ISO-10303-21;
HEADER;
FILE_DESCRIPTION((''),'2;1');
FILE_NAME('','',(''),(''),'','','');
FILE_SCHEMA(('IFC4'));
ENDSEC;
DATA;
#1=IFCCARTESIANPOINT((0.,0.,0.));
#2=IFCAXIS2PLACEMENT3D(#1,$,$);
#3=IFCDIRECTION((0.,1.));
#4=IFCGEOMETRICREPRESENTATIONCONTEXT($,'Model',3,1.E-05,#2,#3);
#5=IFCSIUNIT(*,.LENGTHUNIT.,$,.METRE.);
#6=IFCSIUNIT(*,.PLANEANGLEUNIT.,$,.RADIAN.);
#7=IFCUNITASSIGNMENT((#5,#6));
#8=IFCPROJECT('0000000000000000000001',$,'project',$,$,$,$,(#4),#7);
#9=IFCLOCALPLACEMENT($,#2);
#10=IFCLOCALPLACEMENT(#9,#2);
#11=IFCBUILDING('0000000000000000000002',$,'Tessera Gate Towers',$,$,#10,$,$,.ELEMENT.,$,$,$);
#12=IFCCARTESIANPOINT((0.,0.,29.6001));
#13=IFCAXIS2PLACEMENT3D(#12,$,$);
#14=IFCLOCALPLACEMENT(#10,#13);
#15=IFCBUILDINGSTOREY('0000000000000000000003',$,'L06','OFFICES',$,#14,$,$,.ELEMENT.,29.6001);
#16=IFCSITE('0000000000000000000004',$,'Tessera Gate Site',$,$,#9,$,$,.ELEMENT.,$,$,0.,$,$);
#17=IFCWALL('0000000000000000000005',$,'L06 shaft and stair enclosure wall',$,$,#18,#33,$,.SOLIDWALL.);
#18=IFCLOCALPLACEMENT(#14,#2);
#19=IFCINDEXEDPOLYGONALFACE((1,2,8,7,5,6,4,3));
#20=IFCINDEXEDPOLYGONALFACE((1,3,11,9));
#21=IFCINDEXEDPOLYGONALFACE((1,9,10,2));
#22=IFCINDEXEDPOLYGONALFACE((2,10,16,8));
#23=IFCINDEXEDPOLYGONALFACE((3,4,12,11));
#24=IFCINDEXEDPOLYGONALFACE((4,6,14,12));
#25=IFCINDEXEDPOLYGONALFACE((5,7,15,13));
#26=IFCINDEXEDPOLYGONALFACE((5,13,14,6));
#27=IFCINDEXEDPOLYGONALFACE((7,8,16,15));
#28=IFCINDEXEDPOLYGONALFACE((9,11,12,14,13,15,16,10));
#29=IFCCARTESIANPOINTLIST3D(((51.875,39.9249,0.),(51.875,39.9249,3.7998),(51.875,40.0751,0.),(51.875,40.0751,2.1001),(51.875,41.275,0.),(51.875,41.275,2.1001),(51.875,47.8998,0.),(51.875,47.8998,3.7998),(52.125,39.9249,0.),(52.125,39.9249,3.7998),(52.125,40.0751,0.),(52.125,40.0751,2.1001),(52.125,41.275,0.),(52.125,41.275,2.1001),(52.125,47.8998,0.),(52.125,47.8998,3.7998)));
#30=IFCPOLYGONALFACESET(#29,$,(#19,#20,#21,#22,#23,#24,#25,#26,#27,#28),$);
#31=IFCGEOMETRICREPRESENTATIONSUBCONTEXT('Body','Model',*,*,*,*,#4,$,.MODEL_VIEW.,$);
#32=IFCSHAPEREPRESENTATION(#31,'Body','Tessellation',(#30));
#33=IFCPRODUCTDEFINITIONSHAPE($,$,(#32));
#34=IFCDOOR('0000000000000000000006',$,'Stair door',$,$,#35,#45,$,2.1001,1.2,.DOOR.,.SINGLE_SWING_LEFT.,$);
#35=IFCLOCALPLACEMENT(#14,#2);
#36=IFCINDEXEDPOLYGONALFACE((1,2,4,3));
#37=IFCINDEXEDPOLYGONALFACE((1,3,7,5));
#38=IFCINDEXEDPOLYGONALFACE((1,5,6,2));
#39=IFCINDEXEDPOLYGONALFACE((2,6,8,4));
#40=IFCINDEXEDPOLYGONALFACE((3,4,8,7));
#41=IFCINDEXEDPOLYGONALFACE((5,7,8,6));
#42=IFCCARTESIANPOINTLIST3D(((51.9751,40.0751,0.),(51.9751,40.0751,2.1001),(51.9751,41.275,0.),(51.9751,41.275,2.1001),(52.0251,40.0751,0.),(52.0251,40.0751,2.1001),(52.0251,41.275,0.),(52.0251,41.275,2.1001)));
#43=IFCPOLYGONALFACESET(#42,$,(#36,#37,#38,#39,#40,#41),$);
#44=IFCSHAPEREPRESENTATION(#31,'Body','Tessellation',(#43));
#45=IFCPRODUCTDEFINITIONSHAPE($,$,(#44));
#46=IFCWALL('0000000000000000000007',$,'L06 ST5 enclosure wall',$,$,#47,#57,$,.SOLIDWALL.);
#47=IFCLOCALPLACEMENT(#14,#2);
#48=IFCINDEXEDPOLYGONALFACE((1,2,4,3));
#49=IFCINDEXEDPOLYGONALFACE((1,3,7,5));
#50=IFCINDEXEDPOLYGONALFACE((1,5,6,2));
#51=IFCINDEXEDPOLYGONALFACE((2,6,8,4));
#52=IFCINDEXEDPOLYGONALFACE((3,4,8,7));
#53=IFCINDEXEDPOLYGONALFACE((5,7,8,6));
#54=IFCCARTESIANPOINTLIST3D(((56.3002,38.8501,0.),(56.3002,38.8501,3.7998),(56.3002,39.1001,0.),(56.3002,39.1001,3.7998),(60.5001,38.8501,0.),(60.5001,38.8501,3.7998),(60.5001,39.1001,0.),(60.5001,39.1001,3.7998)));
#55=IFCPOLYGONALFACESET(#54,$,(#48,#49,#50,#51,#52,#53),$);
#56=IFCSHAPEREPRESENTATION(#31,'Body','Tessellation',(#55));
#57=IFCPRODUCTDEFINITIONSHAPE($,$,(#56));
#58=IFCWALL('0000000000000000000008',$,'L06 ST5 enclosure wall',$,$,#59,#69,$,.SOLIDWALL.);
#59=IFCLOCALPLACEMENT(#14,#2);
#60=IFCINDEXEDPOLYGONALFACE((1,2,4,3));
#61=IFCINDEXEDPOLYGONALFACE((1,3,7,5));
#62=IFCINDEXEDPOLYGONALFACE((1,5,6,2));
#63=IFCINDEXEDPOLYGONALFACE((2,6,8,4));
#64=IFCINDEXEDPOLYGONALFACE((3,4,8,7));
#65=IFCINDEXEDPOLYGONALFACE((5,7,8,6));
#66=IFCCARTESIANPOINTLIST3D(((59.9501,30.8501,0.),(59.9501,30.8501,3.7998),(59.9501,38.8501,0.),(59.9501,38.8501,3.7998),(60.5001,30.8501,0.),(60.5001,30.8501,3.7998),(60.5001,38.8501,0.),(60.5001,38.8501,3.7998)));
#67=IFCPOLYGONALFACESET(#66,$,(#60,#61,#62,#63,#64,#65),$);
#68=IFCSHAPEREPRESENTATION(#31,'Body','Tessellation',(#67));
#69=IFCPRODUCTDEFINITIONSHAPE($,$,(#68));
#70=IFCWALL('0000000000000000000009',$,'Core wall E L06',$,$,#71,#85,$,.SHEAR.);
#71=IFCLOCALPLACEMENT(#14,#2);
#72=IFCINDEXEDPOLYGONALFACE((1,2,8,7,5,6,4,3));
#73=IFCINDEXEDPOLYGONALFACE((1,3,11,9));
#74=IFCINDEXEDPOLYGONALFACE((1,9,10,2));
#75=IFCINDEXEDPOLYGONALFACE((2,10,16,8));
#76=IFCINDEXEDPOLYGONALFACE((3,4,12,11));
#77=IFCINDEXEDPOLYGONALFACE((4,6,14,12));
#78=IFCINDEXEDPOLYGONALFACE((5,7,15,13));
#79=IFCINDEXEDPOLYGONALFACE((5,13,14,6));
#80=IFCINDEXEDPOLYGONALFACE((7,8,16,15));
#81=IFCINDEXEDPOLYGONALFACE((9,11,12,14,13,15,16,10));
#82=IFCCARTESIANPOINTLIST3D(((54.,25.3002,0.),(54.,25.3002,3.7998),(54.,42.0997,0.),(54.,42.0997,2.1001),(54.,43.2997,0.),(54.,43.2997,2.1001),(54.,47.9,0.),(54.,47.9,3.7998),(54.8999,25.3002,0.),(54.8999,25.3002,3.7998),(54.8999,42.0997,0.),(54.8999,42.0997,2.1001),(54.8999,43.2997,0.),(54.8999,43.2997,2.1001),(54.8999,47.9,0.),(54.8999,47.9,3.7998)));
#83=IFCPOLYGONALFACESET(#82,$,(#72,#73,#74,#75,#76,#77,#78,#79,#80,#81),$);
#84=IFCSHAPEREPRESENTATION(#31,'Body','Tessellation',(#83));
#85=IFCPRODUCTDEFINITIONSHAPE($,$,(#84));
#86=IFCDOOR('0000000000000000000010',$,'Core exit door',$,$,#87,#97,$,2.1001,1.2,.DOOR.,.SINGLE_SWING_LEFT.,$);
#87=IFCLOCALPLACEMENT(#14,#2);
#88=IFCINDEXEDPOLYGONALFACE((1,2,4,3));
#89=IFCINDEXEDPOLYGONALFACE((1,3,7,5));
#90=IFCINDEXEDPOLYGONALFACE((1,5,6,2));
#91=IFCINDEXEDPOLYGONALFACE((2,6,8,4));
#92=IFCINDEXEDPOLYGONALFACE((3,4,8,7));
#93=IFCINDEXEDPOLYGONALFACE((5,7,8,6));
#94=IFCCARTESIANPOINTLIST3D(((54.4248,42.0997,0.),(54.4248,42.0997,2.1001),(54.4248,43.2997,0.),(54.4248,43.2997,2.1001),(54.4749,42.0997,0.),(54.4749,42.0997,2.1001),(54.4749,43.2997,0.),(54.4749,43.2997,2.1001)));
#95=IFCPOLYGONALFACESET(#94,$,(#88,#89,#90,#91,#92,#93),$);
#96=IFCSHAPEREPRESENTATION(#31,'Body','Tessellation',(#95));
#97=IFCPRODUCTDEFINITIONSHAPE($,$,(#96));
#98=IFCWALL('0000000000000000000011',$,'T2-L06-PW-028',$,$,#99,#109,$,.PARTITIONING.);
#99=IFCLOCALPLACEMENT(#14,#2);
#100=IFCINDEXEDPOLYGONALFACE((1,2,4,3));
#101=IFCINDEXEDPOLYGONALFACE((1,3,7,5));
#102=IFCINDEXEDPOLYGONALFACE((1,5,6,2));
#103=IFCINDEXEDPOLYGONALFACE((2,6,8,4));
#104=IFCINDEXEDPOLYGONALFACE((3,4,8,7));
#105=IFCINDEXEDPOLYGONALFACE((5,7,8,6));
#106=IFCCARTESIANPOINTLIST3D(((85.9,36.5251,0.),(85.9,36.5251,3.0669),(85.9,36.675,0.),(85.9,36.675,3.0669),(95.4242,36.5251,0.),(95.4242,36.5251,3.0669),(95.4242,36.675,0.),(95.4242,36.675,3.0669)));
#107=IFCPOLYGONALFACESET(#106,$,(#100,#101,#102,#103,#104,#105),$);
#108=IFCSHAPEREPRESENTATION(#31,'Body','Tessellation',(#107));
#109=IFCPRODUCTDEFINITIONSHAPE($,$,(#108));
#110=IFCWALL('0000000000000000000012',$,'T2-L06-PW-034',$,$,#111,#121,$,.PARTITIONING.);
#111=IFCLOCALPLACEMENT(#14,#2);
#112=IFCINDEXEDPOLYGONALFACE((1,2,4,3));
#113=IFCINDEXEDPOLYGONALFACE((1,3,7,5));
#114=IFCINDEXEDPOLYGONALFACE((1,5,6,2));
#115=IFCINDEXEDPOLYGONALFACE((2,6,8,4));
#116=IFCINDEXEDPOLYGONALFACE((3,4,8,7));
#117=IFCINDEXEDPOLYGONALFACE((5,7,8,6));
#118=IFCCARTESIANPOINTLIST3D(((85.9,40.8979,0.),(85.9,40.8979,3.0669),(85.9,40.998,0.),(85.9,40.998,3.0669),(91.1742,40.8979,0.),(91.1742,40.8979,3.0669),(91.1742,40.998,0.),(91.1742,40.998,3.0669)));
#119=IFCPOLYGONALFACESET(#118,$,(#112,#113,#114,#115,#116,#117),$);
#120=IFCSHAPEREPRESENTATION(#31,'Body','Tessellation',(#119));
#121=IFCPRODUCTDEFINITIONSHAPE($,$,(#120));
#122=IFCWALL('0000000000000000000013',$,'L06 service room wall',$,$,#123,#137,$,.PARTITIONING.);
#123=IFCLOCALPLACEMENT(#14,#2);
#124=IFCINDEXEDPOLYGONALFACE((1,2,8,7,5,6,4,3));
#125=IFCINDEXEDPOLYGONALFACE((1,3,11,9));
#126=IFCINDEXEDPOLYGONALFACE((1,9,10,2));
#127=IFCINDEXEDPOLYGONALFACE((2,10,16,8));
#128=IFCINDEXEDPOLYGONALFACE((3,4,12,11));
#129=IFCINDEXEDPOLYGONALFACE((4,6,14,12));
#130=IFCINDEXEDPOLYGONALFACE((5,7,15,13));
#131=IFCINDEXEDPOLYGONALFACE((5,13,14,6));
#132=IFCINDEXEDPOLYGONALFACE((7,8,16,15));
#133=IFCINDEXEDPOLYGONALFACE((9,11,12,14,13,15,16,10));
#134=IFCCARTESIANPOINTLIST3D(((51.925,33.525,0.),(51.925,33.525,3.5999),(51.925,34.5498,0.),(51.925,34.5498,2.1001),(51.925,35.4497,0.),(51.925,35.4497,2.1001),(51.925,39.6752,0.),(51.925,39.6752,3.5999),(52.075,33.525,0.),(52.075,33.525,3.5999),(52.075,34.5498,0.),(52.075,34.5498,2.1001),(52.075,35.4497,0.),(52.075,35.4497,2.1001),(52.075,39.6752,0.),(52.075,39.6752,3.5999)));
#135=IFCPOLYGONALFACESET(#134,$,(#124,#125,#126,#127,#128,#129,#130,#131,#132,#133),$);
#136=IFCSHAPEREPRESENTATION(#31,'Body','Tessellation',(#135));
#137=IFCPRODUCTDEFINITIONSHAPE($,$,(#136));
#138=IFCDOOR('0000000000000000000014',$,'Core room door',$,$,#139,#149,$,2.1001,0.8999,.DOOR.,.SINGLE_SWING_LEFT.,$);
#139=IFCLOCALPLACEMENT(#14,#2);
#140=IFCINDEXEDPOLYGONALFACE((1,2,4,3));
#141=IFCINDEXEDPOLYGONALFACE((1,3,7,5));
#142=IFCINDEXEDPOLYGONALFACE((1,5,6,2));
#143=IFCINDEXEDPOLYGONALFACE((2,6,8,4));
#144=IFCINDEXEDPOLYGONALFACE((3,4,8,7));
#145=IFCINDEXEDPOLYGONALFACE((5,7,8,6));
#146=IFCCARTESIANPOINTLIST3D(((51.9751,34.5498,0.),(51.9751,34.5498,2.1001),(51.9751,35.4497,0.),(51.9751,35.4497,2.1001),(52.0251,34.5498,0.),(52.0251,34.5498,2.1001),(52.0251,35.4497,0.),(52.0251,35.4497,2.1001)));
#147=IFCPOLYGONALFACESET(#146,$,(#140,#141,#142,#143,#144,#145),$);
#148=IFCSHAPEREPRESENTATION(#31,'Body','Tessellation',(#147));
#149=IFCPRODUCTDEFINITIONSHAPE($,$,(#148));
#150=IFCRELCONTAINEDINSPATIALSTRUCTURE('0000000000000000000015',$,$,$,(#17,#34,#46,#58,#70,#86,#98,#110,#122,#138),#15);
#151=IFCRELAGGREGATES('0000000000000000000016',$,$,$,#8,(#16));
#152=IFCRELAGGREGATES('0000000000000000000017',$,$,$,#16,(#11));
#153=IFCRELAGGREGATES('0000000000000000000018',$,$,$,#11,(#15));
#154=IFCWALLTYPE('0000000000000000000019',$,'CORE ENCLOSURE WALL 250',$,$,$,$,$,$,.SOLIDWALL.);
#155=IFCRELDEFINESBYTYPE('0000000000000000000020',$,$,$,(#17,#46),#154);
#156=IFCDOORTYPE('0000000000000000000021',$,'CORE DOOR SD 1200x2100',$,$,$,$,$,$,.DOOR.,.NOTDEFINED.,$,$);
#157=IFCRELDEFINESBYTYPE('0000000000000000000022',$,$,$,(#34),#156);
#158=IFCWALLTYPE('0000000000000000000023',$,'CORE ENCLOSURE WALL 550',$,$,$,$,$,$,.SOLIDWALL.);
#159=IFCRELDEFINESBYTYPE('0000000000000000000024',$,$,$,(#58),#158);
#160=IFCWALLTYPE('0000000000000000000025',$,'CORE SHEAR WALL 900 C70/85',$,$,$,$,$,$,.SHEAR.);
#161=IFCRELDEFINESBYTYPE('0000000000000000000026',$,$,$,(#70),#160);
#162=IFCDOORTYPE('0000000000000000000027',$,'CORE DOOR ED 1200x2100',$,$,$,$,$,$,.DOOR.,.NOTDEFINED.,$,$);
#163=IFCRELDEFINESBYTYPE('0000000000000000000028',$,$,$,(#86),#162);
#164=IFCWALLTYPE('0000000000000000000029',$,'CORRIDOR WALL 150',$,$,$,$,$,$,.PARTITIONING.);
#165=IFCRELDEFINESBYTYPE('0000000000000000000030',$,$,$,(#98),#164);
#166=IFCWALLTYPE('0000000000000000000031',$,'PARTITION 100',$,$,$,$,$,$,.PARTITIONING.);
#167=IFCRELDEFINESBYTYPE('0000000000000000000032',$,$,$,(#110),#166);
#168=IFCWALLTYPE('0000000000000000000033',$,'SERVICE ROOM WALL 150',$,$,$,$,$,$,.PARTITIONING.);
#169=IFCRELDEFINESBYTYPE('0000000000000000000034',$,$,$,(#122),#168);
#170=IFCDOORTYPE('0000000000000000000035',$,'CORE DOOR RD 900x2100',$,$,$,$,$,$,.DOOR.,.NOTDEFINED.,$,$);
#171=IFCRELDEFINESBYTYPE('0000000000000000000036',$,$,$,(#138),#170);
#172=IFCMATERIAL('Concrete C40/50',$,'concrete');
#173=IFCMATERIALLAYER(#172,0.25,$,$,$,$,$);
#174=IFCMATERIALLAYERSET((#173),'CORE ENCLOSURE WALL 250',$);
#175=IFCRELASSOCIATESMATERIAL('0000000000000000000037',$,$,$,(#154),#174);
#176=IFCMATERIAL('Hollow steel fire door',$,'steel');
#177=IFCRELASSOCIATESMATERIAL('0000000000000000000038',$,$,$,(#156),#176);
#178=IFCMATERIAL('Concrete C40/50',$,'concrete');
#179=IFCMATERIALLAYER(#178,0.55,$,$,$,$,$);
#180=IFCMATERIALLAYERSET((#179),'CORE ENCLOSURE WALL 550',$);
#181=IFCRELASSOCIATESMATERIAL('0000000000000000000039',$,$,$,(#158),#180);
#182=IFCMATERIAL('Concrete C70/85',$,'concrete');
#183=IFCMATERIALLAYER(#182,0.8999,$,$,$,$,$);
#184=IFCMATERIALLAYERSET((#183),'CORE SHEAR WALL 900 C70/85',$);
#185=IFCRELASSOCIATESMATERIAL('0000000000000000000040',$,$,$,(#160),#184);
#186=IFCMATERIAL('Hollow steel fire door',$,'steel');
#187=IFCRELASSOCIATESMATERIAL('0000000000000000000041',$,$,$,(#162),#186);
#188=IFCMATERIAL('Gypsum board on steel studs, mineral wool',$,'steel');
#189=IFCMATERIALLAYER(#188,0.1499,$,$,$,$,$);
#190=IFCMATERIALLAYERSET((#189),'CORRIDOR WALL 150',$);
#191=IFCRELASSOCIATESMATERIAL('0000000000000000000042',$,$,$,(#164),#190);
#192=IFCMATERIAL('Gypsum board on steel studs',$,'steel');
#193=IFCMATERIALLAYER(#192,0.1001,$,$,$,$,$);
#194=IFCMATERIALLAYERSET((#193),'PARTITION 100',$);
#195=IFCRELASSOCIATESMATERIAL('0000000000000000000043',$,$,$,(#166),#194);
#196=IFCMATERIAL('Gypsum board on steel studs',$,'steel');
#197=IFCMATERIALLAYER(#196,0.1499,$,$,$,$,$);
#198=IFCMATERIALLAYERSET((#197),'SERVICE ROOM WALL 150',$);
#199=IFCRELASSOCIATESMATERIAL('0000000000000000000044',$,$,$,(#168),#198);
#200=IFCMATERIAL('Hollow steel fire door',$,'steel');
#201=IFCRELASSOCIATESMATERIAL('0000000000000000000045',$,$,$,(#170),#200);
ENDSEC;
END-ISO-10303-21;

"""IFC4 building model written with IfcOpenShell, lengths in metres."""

from ifc_helpers import new_model, si_unit, direction, frame, frame_2d, origin, place, context, subcontext, project, spatial, rectangle, extrude, source, transform, mapped, material, layer, layer_set, type_object, element, fill, save


model = new_model("IFC4")

# Units and contexts
model_context = context("Model", 3, precision=1e-05, world=origin(), true_north=direction((0.0, 1.0)))
body_context = subcontext(model_context, "Body", "Model", "MODEL_VIEW")
ifc_project = project(units=[si_unit("LENGTHUNIT", "METRE"), si_unit("PLANEANGLEUNIT", "RADIAN")], contexts=[model_context])

# Site, building, storey
site_placement = place(None, origin())
site = spatial("IfcSite", under=ifc_project, at=site_placement, Name="Tessera Gate Site", CompositionType="ELEMENT", RefElevation=0.0)
building_placement = place(site_placement, origin())
building = spatial("IfcBuilding", under=site, at=building_placement, Name="Tessera Gate Towers", CompositionType="ELEMENT")
storey_placement = place(building_placement, frame((0.0, 0.0, 29.6001)))
storey = spatial("IfcBuildingStorey", under=building, at=storey_placement, Name="L06", Description="OFFICES", CompositionType="ELEMENT", Elevation=29.6001)

# Wall, opening, door
ifc_material_1 = material(Name="Concrete C40/50", Category="concrete")
ifc_layer_1 = layer(ifc_material_1, 0.25)
ifc_layer_set_1 = layer_set([ifc_layer_1], Name="CORE ENCLOSURE WALL 250")
wall_type_1 = type_object("IfcWallType", Name="CORE ENCLOSURE WALL 250", PredefinedType="SOLIDWALL", material=ifc_layer_set_1)
wall_1_placement = place(storey_placement, frame((52.0, 39.925, 0.0), z_axis=(0.0, 0.0, 1.0), x_axis=(0.0, 1.0, 0.0)))
wall_1 = element("IfcWall", 1, at=wall_1_placement, inside=storey, type_object=wall_type_1, Name="L06 shaft and stair enclosure wall", PredefinedType="SOLIDWALL", context=body_context, shape_type="SweptSolid", body=[
    extrude(rectangle(XDim=7.9749, YDim=0.25, at=frame_2d((3.9873, 0.0))), origin(), (0.0, 0.0, 1.0), 3.7998),
])
shared_shape_1 = source(origin(), body_context, "Body", "SweptSolid", [
    extrude(rectangle(XDim=1.2, YDim=2.1001, at=frame_2d((0.6001, 1.05))), frame((0.0, 0.135, 0.0), z_axis=(0.0, -1.0, 0.0), x_axis=(1.0, 0.0, 0.0)), (0.0, 0.0, 1.0), 0.27),
])
opening_1_placement = place(wall_1_placement, frame((0.1499, 0.0, 0.0)))
opening_1 = element("IfcOpeningElement", 2, at=opening_1_placement, cuts=wall_1, PredefinedType="OPENING", context=body_context, shape_type="MappedRepresentation", body=[
    mapped(shared_shape_1, transform((0.0, 0.0, 0.0), scale=1.0)),
])
ifc_material_2 = material(Name="Hollow steel fire door", Category="steel")
door_type_1 = type_object("IfcDoorType", Name="CORE DOOR SD 1200x2100", OperationType="NOTDEFINED", PredefinedType="DOOR", material=ifc_material_2)
shared_shape_2 = source(origin(), body_context, "Body", "SweptSolid", [
    extrude(rectangle(XDim=1.2, YDim=2.1001, at=frame_2d((0.6001, 1.05))), frame((0.0, 0.0249, 0.0), z_axis=(0.0, -1.0, 0.0), x_axis=(1.0, 0.0, 0.0)), (0.0, 0.0, 1.0), 0.05),
])
door_1_placement = place(opening_1_placement, origin())
door_1 = element("IfcDoor", 3, at=door_1_placement, inside=storey, type_object=door_type_1, Name="Stair door", OperationType="SINGLE_SWING_LEFT", OverallHeight=2.1001, OverallWidth=1.2, PredefinedType="DOOR", context=body_context, shape_type="MappedRepresentation", body=[
    mapped(shared_shape_2, transform((0.0, 0.0, 0.0), scale=1.0)),
])
fill(opening_1, door_1)

# Walls
wall_2_placement = place(storey_placement, frame((56.3, 38.9751, 0.0), z_axis=(0.0, 0.0, 1.0), x_axis=(1.0, 0.0, 0.0)))
element("IfcWall", 4, at=wall_2_placement, inside=storey, type_object=wall_type_1, Name="L06 ST5 enclosure wall", PredefinedType="SOLIDWALL", context=body_context, shape_type="SweptSolid", body=[
    extrude(rectangle(XDim=4.2, YDim=0.25, at=frame_2d((2.1001, 0.0))), origin(), (0.0, 0.0, 1.0), 3.7998),
])
ifc_material_3 = material(Name="Concrete C40/50", Category="concrete")
ifc_layer_2 = layer(ifc_material_3, 0.55)
ifc_layer_set_2 = layer_set([ifc_layer_2], Name="CORE ENCLOSURE WALL 550")
wall_type_2 = type_object("IfcWallType", Name="CORE ENCLOSURE WALL 550", PredefinedType="SOLIDWALL", material=ifc_layer_set_2)
wall_3_placement = place(storey_placement, frame((60.2251, 38.8501, 0.0), z_axis=(0.0, 0.0, 1.0), x_axis=(0.0, -1.0, 0.0)))
element("IfcWall", 5, at=wall_3_placement, inside=storey, type_object=wall_type_2, Name="L06 ST5 enclosure wall", PredefinedType="SOLIDWALL", context=body_context, shape_type="SweptSolid", body=[
    extrude(rectangle(XDim=8.0, YDim=0.55, at=frame_2d((4.0, 0.0))), origin(), (0.0, 0.0, 1.0), 3.7998),
])

# Wall, opening, door
ifc_material_4 = material(Name="Concrete C70/85", Category="concrete")
ifc_layer_3 = layer(ifc_material_4, 0.8999)
ifc_layer_set_3 = layer_set([ifc_layer_3], Name="CORE SHEAR WALL 900 C70/85")
wall_type_3 = type_object("IfcWallType", Name="CORE SHEAR WALL 900 C70/85", PredefinedType="SHEAR", material=ifc_layer_set_3)
wall_4_placement = place(storey_placement, frame((54.45, 47.8999, 0.0), z_axis=(0.0, 0.0, 1.0), x_axis=(0.0, -1.0, 0.0)))
wall_4 = element("IfcWall", 6, at=wall_4_placement, inside=storey, type_object=wall_type_3, Name="Core wall E L06", PredefinedType="SHEAR", context=body_context, shape_type="SweptSolid", body=[
    extrude(rectangle(XDim=22.5999, YDim=0.8999, at=frame_2d((11.2998, 0.0))), origin(), (0.0, 0.0, 1.0), 3.7998),
])
shared_shape_3 = source(origin(), body_context, "Body", "SweptSolid", [
    extrude(rectangle(XDim=1.2, YDim=2.1001, at=frame_2d((0.6001, 1.05))), frame((0.0, 0.46, 0.0), z_axis=(0.0, -1.0, 0.0), x_axis=(1.0, 0.0, 0.0)), (0.0, 0.0, 1.0), 0.9199),
])
opening_2_placement = place(wall_4_placement, frame((4.6001, 0.0, 0.0)))
opening_2 = element("IfcOpeningElement", 7, at=opening_2_placement, cuts=wall_4, PredefinedType="OPENING", context=body_context, shape_type="MappedRepresentation", body=[
    mapped(shared_shape_3, transform((0.0, 0.0, 0.0), scale=1.0)),
])
ifc_material_5 = material(Name="Hollow steel fire door", Category="steel")
door_type_2 = type_object("IfcDoorType", Name="CORE DOOR ED 1200x2100", OperationType="NOTDEFINED", PredefinedType="DOOR", material=ifc_material_5)
door_2_placement = place(opening_2_placement, origin())
door_2 = element("IfcDoor", 8, at=door_2_placement, inside=storey, type_object=door_type_2, Name="Core exit door", OperationType="SINGLE_SWING_LEFT", OverallHeight=2.1001, OverallWidth=1.2, PredefinedType="DOOR", context=body_context, shape_type="MappedRepresentation", body=[
    mapped(shared_shape_2, transform((0.0, 0.0, 0.0), scale=1.0)),
])
fill(opening_2, door_2)

# Walls
ifc_material_6 = material(Name="Gypsum board on steel studs, mineral wool", Category="steel")
ifc_layer_4 = layer(ifc_material_6, 0.1499)
ifc_layer_set_4 = layer_set([ifc_layer_4], Name="CORRIDOR WALL 150")
wall_type_4 = type_object("IfcWallType", Name="CORRIDOR WALL 150", PredefinedType="PARTITIONING", material=ifc_layer_set_4)
wall_5_placement = place(storey_placement, frame((85.8999, 36.6001, 0.0), z_axis=(0.0, 0.0, 1.0), x_axis=(1.0, 0.0, 0.0)))
element("IfcWall", 9, at=wall_5_placement, inside=storey, type_object=wall_type_4, Name="T2-L06-PW-028", PredefinedType="PARTITIONING", context=body_context, shape_type="SweptSolid", body=[
    extrude(rectangle(XDim=9.5242, YDim=0.1499, at=frame_2d((4.7622, 0.0))), origin(), (0.0, 0.0, 1.0), 3.0669),
])
ifc_material_7 = material(Name="Gypsum board on steel studs", Category="steel")
ifc_layer_5 = layer(ifc_material_7, 0.1001)
ifc_layer_set_5 = layer_set([ifc_layer_5], Name="PARTITION 100")
wall_type_5 = type_object("IfcWallType", Name="PARTITION 100", PredefinedType="PARTITIONING", material=ifc_layer_set_5)
wall_6_placement = place(storey_placement, frame((85.8999, 40.948, 0.0), z_axis=(0.0, 0.0, 1.0), x_axis=(1.0, 0.0, 0.0)))
element("IfcWall", 10, at=wall_6_placement, inside=storey, type_object=wall_type_5, Name="T2-L06-PW-034", PredefinedType="PARTITIONING", context=body_context, shape_type="SweptSolid", body=[
    extrude(rectangle(XDim=5.2742, YDim=0.1001, at=frame_2d((2.6372, 0.0))), origin(), (0.0, 0.0, 1.0), 3.0669),
])

# Wall, opening, door
ifc_material_8 = material(Name="Gypsum board on steel studs", Category="steel")
ifc_layer_6 = layer(ifc_material_8, 0.1499)
ifc_layer_set_6 = layer_set([ifc_layer_6], Name="SERVICE ROOM WALL 150")
wall_type_6 = type_object("IfcWallType", Name="SERVICE ROOM WALL 150", PredefinedType="PARTITIONING", material=ifc_layer_set_6)
wall_7_placement = place(storey_placement, frame((52.0, 33.5249, 0.0), z_axis=(0.0, 0.0, 1.0), x_axis=(0.0, 1.0, 0.0)))
wall_7 = element("IfcWall", 11, at=wall_7_placement, inside=storey, type_object=wall_type_6, Name="L06 service room wall", PredefinedType="PARTITIONING", context=body_context, shape_type="SweptSolid", body=[
    extrude(rectangle(XDim=6.1501, YDim=0.1499, at=frame_2d((3.0752, 0.0))), origin(), (0.0, 0.0, 1.0), 3.5999),
])
shared_shape_4 = source(origin(), body_context, "Body", "SweptSolid", [
    extrude(rectangle(XDim=0.8999, YDim=2.1001, at=frame_2d((0.45, 1.05))), frame((0.0, 0.085, 0.0), z_axis=(0.0, -1.0, 0.0), x_axis=(1.0, 0.0, 0.0)), (0.0, 0.0, 1.0), 0.1699),
])
opening_3_placement = place(wall_7_placement, frame((1.0249, 0.0, 0.0)))
opening_3 = element("IfcOpeningElement", 12, at=opening_3_placement, cuts=wall_7, PredefinedType="OPENING", context=body_context, shape_type="MappedRepresentation", body=[
    mapped(shared_shape_4, transform((0.0, 0.0, 0.0), scale=1.0)),
])
ifc_material_9 = material(Name="Hollow steel fire door", Category="steel")
door_type_3 = type_object("IfcDoorType", Name="CORE DOOR RD 900x2100", OperationType="NOTDEFINED", PredefinedType="DOOR", material=ifc_material_9)
shared_shape_5 = source(origin(), body_context, "Body", "SweptSolid", [
    extrude(rectangle(XDim=0.8999, YDim=2.1001, at=frame_2d((0.45, 1.05))), frame((0.0, 0.0249, 0.0), z_axis=(0.0, -1.0, 0.0), x_axis=(1.0, 0.0, 0.0)), (0.0, 0.0, 1.0), 0.05),
])
door_3_placement = place(opening_3_placement, origin())
door_3 = element("IfcDoor", 13, at=door_3_placement, inside=storey, type_object=door_type_3, Name="Core room door", OperationType="SINGLE_SWING_LEFT", OverallHeight=2.1001, OverallWidth=0.8999, PredefinedType="DOOR", context=body_context, shape_type="MappedRepresentation", body=[
    mapped(shared_shape_5, transform((0.0, 0.0, 0.0), scale=1.0)),
])
fill(opening_3, door_3)

save(model, "model.ifc")
